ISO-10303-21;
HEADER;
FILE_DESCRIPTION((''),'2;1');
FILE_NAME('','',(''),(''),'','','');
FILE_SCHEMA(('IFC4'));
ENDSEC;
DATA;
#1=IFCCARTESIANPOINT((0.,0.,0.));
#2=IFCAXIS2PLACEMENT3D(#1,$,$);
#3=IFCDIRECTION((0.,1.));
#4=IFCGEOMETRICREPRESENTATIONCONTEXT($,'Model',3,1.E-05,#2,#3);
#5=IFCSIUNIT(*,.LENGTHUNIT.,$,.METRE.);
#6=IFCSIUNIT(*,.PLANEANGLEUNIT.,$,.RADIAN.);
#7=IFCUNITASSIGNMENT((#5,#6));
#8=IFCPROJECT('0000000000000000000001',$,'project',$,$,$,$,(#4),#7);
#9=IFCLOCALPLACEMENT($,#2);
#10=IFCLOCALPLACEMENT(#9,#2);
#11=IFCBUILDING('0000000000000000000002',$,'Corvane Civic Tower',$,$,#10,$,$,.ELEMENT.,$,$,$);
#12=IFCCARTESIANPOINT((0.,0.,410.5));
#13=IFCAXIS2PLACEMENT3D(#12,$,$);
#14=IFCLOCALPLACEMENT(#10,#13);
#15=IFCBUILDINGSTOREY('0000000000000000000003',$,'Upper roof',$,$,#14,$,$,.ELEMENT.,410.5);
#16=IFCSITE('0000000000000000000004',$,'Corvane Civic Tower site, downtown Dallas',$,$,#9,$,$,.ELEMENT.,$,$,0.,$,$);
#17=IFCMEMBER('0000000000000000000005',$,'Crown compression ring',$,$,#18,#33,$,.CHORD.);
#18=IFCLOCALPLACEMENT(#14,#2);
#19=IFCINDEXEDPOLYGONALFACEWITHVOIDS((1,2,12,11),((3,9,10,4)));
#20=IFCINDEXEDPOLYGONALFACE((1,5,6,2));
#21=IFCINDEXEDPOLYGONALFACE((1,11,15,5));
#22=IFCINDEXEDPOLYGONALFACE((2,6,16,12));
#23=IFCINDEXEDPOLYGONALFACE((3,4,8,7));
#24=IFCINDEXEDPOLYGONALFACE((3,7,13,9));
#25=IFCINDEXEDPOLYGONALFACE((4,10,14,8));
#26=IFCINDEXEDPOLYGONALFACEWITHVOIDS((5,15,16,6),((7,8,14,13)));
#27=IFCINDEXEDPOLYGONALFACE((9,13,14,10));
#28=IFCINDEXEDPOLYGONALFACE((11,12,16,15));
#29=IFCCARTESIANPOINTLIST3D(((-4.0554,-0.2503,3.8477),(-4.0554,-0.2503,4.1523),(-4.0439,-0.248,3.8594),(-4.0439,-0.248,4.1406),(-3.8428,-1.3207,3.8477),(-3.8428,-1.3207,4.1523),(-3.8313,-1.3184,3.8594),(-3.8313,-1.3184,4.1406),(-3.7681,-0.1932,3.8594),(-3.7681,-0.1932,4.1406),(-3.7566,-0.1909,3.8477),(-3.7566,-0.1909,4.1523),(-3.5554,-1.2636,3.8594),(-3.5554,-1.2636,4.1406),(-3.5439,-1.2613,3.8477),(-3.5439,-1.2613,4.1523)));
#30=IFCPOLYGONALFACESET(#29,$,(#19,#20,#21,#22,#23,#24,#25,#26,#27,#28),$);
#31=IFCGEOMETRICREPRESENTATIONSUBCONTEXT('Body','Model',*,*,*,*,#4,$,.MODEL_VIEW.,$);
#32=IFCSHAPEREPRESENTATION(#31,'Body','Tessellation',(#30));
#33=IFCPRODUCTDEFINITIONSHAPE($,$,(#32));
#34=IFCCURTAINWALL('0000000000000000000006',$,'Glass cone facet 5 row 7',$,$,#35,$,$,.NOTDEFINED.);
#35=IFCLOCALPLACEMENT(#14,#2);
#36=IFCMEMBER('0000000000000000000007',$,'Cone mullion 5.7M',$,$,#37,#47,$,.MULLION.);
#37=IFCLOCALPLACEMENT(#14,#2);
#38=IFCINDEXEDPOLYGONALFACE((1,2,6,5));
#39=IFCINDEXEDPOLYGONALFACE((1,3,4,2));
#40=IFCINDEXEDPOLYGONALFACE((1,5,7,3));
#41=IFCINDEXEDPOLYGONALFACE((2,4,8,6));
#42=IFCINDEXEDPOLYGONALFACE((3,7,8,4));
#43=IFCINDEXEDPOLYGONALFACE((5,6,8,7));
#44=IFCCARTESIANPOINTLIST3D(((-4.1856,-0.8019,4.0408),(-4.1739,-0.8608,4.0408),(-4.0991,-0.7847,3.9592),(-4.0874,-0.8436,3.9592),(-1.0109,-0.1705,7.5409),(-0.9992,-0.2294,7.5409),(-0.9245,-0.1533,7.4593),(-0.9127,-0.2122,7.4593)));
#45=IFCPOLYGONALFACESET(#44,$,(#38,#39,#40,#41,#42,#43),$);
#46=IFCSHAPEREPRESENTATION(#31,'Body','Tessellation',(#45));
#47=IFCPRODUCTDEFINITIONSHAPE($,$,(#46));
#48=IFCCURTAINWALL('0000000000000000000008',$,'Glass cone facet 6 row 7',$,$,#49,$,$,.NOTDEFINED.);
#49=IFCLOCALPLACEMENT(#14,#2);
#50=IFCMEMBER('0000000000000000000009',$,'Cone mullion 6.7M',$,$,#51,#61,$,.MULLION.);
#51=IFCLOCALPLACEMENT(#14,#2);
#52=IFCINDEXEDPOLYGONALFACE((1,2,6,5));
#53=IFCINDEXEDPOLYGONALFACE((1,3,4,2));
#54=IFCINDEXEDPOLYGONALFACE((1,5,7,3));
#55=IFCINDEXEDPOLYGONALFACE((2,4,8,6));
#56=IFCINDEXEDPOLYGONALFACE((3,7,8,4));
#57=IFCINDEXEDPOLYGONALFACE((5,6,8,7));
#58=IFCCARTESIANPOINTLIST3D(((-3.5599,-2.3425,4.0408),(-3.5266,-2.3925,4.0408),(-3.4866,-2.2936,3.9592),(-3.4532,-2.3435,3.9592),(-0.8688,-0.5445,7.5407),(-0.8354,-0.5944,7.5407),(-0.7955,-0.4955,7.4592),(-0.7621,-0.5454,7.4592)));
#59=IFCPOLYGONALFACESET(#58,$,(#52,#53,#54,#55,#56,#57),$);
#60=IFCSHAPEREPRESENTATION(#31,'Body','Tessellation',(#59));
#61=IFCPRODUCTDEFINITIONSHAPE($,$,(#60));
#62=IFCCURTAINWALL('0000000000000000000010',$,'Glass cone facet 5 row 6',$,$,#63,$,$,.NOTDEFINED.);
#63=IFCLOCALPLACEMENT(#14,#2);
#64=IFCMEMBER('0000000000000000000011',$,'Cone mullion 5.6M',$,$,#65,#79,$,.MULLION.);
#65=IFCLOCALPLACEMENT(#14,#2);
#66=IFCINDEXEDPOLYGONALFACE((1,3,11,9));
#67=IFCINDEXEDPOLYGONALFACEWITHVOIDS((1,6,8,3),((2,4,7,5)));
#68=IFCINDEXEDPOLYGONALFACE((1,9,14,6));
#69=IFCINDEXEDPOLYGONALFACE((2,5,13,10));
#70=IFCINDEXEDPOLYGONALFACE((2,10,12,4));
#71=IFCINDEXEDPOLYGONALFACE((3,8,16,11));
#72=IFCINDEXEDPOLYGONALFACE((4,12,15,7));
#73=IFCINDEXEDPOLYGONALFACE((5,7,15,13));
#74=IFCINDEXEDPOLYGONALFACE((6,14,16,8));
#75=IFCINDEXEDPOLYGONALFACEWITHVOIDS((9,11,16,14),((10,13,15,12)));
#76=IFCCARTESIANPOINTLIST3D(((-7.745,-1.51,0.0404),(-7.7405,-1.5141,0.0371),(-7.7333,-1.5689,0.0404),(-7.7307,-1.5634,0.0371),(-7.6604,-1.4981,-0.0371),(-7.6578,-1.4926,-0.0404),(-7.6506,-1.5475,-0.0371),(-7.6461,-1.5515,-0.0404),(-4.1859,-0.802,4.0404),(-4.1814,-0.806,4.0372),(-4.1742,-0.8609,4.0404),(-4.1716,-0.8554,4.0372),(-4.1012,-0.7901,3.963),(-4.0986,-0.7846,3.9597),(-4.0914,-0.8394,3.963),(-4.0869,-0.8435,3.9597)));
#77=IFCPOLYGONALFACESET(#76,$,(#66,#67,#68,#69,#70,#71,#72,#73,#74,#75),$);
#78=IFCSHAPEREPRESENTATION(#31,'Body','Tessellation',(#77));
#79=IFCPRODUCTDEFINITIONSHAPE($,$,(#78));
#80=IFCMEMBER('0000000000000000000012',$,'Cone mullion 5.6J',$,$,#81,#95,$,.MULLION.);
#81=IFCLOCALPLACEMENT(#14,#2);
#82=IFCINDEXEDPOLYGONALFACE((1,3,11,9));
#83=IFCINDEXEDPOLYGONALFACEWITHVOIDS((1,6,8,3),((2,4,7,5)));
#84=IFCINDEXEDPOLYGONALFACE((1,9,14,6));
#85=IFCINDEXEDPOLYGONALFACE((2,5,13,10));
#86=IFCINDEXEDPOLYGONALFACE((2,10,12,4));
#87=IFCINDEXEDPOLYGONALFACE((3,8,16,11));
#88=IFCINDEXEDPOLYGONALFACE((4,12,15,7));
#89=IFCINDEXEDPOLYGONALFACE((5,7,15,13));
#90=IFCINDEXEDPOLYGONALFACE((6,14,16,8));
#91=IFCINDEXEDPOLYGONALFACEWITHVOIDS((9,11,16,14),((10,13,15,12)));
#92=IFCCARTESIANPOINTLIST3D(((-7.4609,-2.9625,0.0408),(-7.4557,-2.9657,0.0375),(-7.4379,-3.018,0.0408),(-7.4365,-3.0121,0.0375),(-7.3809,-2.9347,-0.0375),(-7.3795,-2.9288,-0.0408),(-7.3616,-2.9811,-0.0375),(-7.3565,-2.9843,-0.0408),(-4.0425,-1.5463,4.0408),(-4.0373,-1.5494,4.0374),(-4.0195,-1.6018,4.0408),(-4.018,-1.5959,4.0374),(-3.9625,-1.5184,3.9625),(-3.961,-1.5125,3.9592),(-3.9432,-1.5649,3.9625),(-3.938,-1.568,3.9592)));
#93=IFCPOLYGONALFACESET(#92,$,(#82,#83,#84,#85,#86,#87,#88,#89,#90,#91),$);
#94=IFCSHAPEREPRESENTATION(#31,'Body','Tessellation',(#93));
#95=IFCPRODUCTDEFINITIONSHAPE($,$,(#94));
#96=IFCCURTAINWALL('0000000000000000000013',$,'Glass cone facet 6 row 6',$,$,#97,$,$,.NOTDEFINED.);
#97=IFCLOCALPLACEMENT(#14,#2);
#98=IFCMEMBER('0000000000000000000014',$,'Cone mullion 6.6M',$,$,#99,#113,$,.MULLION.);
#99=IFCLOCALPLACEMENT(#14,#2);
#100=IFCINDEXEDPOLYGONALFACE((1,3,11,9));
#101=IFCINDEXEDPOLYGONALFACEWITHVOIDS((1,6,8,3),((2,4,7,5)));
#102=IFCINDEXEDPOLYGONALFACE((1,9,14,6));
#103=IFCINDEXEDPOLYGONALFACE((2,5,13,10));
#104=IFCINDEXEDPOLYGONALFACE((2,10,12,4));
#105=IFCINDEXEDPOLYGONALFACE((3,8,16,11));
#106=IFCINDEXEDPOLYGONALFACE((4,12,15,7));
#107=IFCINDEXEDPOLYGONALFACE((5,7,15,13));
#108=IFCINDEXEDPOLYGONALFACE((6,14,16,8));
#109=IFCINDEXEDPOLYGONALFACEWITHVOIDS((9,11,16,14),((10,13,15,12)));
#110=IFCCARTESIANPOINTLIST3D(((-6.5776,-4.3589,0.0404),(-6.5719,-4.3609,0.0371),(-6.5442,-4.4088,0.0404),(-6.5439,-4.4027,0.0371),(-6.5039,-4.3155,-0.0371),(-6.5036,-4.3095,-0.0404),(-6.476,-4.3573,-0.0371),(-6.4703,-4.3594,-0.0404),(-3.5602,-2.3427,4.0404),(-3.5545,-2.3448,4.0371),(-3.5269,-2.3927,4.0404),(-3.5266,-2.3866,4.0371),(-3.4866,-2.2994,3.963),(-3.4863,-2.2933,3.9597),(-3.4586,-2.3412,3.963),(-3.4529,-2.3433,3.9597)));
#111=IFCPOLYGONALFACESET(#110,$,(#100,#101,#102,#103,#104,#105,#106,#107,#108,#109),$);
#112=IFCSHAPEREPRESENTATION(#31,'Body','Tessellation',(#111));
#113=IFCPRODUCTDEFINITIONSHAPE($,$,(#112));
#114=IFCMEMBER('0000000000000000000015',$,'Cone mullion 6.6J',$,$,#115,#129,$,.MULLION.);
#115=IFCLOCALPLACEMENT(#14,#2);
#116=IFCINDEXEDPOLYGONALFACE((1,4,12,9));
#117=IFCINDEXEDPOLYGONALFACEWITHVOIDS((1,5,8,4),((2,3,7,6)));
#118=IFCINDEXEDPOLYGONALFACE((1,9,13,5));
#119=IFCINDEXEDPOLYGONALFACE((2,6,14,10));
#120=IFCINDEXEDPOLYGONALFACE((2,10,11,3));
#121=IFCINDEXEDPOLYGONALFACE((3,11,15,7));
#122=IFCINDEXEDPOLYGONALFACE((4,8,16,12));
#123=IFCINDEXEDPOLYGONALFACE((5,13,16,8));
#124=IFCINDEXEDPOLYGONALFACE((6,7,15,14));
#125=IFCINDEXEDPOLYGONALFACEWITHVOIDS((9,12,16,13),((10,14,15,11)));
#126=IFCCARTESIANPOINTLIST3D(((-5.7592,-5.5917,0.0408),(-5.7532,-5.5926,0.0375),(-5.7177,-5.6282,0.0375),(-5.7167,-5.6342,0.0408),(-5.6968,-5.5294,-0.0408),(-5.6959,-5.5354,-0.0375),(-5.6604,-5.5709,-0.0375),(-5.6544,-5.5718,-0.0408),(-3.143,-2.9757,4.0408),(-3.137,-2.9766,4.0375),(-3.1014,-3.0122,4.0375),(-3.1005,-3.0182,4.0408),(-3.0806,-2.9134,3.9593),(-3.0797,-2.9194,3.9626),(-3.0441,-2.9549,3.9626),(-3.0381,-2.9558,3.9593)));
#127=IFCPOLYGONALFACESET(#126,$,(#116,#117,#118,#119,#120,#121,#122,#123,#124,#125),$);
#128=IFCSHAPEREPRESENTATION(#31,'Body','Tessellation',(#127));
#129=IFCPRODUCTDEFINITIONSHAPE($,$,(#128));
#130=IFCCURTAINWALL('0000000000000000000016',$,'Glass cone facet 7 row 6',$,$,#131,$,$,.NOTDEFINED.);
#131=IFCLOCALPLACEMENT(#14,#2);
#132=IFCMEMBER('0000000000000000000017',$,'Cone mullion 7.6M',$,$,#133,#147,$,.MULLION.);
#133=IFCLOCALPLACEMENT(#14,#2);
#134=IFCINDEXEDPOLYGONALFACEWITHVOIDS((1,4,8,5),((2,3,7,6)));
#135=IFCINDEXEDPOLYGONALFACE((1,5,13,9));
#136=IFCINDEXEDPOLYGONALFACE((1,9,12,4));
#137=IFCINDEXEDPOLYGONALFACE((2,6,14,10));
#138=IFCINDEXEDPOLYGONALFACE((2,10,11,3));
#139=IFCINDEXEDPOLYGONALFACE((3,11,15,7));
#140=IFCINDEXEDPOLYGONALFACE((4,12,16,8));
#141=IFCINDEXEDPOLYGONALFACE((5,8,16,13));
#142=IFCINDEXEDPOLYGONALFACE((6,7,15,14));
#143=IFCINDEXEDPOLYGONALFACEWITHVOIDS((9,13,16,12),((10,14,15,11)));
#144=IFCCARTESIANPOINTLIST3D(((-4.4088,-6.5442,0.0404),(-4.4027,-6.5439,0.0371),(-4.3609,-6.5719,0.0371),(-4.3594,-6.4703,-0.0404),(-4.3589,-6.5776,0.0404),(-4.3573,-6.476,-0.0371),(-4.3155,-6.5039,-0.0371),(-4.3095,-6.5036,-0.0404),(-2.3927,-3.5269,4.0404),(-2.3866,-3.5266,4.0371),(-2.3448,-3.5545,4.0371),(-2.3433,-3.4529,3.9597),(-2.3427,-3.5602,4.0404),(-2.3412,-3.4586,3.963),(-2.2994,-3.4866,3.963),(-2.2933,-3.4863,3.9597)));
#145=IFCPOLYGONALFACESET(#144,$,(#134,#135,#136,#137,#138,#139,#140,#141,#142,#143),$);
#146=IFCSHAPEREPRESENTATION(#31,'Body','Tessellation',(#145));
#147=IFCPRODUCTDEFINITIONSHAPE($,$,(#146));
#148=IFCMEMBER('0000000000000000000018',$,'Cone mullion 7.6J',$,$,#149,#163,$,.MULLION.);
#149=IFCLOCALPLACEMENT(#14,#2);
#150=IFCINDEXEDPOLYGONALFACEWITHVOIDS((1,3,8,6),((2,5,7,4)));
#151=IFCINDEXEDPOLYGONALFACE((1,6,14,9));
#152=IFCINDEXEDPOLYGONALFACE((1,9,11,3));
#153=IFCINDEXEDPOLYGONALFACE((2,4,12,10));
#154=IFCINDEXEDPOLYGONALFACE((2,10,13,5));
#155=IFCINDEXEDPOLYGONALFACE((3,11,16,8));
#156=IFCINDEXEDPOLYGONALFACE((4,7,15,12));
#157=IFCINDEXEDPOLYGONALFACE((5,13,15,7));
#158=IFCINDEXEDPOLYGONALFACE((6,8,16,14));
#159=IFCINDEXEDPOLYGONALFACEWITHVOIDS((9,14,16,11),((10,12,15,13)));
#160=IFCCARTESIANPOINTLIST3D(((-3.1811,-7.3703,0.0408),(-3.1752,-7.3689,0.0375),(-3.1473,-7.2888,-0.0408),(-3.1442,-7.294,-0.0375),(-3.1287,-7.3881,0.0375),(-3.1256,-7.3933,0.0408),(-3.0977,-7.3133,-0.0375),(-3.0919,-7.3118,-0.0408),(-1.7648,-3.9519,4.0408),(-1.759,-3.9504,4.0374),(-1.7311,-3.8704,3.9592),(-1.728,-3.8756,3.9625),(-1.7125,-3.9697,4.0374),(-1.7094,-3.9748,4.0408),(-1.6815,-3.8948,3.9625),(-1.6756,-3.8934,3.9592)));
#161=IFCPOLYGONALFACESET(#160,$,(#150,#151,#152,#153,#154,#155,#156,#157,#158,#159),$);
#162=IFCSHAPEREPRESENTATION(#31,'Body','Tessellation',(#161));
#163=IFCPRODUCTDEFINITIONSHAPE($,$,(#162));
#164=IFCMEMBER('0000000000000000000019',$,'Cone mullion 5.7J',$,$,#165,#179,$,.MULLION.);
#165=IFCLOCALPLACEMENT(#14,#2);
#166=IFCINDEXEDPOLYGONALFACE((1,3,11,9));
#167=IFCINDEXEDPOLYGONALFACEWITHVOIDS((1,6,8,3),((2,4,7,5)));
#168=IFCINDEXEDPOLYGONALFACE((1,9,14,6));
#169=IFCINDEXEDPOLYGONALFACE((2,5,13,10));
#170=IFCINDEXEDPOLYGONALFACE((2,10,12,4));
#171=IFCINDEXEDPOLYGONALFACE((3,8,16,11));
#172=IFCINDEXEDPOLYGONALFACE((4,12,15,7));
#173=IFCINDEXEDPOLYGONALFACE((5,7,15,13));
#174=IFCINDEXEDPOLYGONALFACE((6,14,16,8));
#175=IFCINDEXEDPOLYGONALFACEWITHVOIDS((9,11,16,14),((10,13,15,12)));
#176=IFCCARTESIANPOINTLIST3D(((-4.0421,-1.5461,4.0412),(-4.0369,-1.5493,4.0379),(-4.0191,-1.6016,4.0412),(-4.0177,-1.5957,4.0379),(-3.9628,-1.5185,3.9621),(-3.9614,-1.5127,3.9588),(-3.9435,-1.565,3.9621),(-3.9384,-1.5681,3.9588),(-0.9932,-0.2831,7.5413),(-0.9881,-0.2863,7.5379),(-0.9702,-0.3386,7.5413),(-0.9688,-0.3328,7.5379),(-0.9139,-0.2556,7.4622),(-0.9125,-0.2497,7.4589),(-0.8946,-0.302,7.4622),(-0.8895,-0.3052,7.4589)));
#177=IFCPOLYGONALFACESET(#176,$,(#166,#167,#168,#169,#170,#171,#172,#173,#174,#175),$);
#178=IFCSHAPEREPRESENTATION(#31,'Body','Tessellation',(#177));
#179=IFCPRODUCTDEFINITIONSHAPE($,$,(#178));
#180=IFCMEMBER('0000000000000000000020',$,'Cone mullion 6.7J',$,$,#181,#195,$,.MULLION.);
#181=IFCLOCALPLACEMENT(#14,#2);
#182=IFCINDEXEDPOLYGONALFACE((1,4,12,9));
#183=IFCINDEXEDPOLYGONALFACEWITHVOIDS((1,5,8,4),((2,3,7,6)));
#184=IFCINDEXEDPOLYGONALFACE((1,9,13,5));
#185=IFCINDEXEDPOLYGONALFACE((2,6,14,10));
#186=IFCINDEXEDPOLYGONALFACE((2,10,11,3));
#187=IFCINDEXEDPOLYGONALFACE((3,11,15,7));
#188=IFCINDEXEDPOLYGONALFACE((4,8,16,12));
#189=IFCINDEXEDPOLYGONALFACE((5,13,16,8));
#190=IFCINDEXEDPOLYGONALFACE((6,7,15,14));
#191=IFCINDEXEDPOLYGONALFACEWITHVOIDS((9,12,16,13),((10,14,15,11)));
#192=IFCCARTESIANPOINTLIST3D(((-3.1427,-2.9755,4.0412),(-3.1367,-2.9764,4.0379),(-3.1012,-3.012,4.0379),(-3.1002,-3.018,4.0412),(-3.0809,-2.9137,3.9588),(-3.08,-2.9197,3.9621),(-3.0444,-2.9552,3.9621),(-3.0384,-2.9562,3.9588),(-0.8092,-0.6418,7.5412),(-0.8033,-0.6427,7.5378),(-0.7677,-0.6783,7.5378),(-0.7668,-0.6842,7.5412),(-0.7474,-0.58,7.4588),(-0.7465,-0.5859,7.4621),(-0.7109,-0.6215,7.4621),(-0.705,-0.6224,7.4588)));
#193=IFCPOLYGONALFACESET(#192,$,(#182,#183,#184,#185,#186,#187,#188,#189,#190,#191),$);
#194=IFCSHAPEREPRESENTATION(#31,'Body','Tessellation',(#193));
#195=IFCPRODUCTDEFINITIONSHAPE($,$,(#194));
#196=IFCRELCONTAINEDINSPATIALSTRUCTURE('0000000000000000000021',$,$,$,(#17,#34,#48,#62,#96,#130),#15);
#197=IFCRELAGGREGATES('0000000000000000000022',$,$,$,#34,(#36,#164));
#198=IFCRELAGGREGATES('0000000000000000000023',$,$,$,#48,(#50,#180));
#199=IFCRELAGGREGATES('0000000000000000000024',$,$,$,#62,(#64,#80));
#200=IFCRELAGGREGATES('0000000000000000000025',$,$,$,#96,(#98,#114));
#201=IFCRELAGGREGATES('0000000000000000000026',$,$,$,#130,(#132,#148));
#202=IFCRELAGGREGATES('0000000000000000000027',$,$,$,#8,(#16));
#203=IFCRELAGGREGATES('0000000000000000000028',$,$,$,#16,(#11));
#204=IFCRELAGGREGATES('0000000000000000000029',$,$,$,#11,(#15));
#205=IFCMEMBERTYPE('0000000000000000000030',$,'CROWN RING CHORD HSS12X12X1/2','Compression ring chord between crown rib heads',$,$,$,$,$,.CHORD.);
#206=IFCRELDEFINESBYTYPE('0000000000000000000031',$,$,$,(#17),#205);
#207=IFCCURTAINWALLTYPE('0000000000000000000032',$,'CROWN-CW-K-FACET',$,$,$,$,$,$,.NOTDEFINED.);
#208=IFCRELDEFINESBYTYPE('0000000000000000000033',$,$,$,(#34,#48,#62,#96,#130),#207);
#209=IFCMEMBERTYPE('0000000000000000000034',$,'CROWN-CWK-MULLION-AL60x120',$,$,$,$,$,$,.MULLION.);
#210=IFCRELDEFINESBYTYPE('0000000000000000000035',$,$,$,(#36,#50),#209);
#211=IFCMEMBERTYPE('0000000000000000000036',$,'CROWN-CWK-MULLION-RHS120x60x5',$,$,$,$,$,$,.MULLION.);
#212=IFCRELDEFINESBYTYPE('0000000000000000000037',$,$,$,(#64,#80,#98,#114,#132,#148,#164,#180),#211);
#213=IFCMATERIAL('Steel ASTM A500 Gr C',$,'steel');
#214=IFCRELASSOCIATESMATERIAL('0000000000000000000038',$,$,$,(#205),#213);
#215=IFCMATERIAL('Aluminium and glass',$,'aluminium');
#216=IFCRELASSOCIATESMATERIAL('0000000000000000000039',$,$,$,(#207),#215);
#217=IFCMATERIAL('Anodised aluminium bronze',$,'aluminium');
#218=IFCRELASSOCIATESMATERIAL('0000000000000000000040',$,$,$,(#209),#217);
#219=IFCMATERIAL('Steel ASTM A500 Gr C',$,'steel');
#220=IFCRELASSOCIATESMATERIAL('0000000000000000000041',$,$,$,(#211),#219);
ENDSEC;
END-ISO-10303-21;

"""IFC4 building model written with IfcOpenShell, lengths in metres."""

from ifc_helpers import new_model, si_unit, direction, frame, origin, origin_2d, place, context, subcontext, project, spatial, rectangle, hollow_rectangle, extrude, material, material_profile, profile_set, type_object, element, aggregate, save


model = new_model("IFC4")

# Units and contexts
model_context = context("Model", 3, precision=1e-05, world=origin(), true_north=direction((0.0, 1.0)))
body_context = subcontext(model_context, "Body", "Model", "MODEL_VIEW")
ifc_project = project(units=[si_unit("LENGTHUNIT", "METRE"), si_unit("PLANEANGLEUNIT", "RADIAN")], contexts=[model_context])

# Site, building, storey
site_placement = place(None, origin())
site = spatial("IfcSite", under=ifc_project, at=site_placement, Name="Corvane Civic Tower site, downtown Dallas", CompositionType="ELEMENT", RefElevation=0.0)
building_placement = place(site_placement, origin())
building = spatial("IfcBuilding", under=site, at=building_placement, Name="Corvane Civic Tower", CompositionType="ELEMENT")
storey_placement = place(building_placement, frame((0.0, 0.0, 410.5)))
storey = spatial("IfcBuildingStorey", under=building, at=storey_placement, Name="Upper roof", CompositionType="ELEMENT", Elevation=410.5)

# Member
ifc_material_1 = material(Name="Steel ASTM A500 Gr C", Category="steel")
ifc_material_profile_1 = material_profile(ifc_material_1, hollow_rectangle(XDim=0.3047, YDim=0.3047, WallThickness=0.0117, at=origin_2d()), Name="HSS12X12X1/2")
ifc_profile_set_1 = profile_set([ifc_material_profile_1], Name="Steel ASTM A500 Gr C")
member_type_1 = type_object("IfcMemberType", Name="CROWN RING CHORD HSS12X12X1/2", Description="Compression ring chord between crown rib heads", PredefinedType="CHORD", material=ifc_profile_set_1)
member_1_placement = place(storey_placement, frame((-3.6934, -1.291, 4.0), z_axis=(-0.194868, 0.980829, 0.0), x_axis=(-0.980829, -0.194868, 0.0)))
element("IfcMember", 1, at=member_1_placement, inside=storey, type_object=member_type_1, Name="Crown compression ring", PredefinedType="CHORD", context=body_context, shape_type="SweptSolid", body=[
    extrude(hollow_rectangle(XDim=0.3047, YDim=0.3047, WallThickness=0.0117, at=origin_2d()), origin(), (0.0, 0.0, 1.0), 1.0913),
])

# Curtain walls, members
ifc_material_2 = material(Name="Aluminium and glass", Category="aluminium")
curtain_wall_type = type_object("IfcCurtainWallType", Name="CROWN-CW-K-FACET", PredefinedType="NOTDEFINED", material=ifc_material_2)
curtain_wall_1_placement = place(storey_placement, origin())
curtain_wall_1 = element("IfcCurtainWall", 2, at=curtain_wall_1_placement, inside=storey, type_object=curtain_wall_type, Name="Glass cone facet 5 row 7", PredefinedType="NOTDEFINED")
ifc_material_3 = material(Name="Anodised aluminium bronze", Category="aluminium")
ifc_material_profile_2 = material_profile(ifc_material_3, rectangle(XDim=0.0601, YDim=0.1201, at=origin_2d()), Name="AL 60x120")
ifc_profile_set_2 = profile_set([ifc_material_profile_2], Name="Anodised aluminium bronze")
member_type_2 = type_object("IfcMemberType", Name="CROWN-CWK-MULLION-AL60x120", PredefinedType="MULLION", material=ifc_profile_set_2)
member_2_placement = place(storey_placement, frame((-4.1365, -0.8228, 4.0), z_axis=(0.665914, 0.132435, 0.73418), x_axis=(-0.195057, 0.980792, 0.0)))
member_2 = element("IfcMember", 3, at=member_2_placement, type_object=member_type_2, Name="Cone mullion 5.7M", PredefinedType="MULLION", context=body_context, shape_type="SweptSolid", body=[
    extrude(rectangle(XDim=0.0601, YDim=0.1201, at=origin_2d()), origin(), (0.0, 0.0, 1.0), 4.7673),
])
curtain_wall_2_placement = place(storey_placement, origin())
curtain_wall_2 = element("IfcCurtainWall", 4, at=curtain_wall_2_placement, inside=storey, type_object=curtain_wall_type, Name="Glass cone facet 6 row 7", PredefinedType="NOTDEFINED")
member_3_placement = place(storey_placement, frame((-3.5066, -2.343, 4.0), z_axis=(0.564525, 0.377186, 0.734195), x_axis=(-0.555553, 0.831481, 0.0)))
member_3 = element("IfcMember", 5, at=member_3_placement, type_object=member_type_2, Name="Cone mullion 6.7M", PredefinedType="MULLION", context=body_context, shape_type="SweptSolid", body=[
    extrude(rectangle(XDim=0.0601, YDim=0.1201, at=origin_2d()), origin(), (0.0, 0.0, 1.0), 4.7671),
])

# Curtain walls, members
curtain_wall_3_placement = place(storey_placement, origin())
curtain_wall_3 = element("IfcCurtainWall", 6, at=curtain_wall_3_placement, inside=storey, type_object=curtain_wall_type, Name="Glass cone facet 5 row 6", PredefinedType="NOTDEFINED")
ifc_material_4 = material(Name="Steel ASTM A500 Gr C", Category="steel")
ifc_material_profile_3 = material_profile(ifc_material_4, hollow_rectangle(XDim=0.0601, YDim=0.1201, WallThickness=0.0049, at=origin_2d()), Name="RHS 120x60x5")
ifc_profile_set_3 = profile_set([ifc_material_profile_3], Name="Steel ASTM A500 Gr C")
member_type_3 = type_object("IfcMemberType", Name="CROWN-CWK-MULLION-RHS120x60x5", PredefinedType="MULLION", material=ifc_profile_set_3)
member_4_placement = place(storey_placement, frame((-7.6956, -1.5308, 0.0), z_axis=(0.658995, 0.131094, 0.740635), x_axis=(-0.195107, 0.980782, 0.0)))
member_4 = element("IfcMember", 7, at=member_4_placement, type_object=member_type_3, Name="Cone mullion 5.6M", PredefinedType="MULLION", context=body_context, shape_type="SweptSolid", body=[
    extrude(hollow_rectangle(XDim=0.0601, YDim=0.1201, WallThickness=0.0049, at=origin_2d()), origin(), (0.0, 0.0, 1.0), 5.4009),
])
member_5_placement = place(storey_placement, frame((-7.4087, -2.9734, 0.0), z_axis=(0.627355, 0.259912, 0.734079), x_axis=(-0.38275, 0.923852, 0.0)))
member_5 = element("IfcMember", 8, at=member_5_placement, type_object=member_type_3, Name="Cone mullion 5.6J", PredefinedType="MULLION", context=body_context, shape_type="SweptSolid", body=[
    extrude(hollow_rectangle(XDim=0.0601, YDim=0.1201, WallThickness=0.0049, at=origin_2d()), origin(), (0.0, 0.0, 1.0), 5.449),
])
curtain_wall_4_placement = place(storey_placement, origin())
curtain_wall_4 = element("IfcCurtainWall", 9, at=curtain_wall_4_placement, inside=storey, type_object=curtain_wall_type, Name="Glass cone facet 6 row 6", PredefinedType="NOTDEFINED")
member_6_placement = place(storey_placement, frame((-6.5239, -4.3591, 0.0), z_axis=(0.558679, 0.373297, 0.740626), x_axis=(-0.555569, 0.83147, 0.0)))
member_6 = element("IfcMember", 10, at=member_6_placement, type_object=member_type_3, Name="Cone mullion 6.6M", PredefinedType="MULLION", context=body_context, shape_type="SweptSolid", body=[
    extrude(hollow_rectangle(XDim=0.0601, YDim=0.1201, WallThickness=0.0049, at=origin_2d()), origin(), (0.0, 0.0, 1.0), 5.4009),
])
member_7_placement = place(storey_placement, frame((-5.7068, -5.5818, 0.0), z_axis=(0.480157, 0.480112, 0.734126), x_axis=(-0.707074, 0.70714, 0.0)))
member_7 = element("IfcMember", 11, at=member_7_placement, type_object=member_type_3, Name="Cone mullion 6.6J", PredefinedType="MULLION", context=body_context, shape_type="SweptSolid", body=[
    extrude(hollow_rectangle(XDim=0.0601, YDim=0.1201, WallThickness=0.0049, at=origin_2d()), origin(), (0.0, 0.0, 1.0), 5.4487),
])
curtain_wall_5_placement = place(storey_placement, origin())
curtain_wall_5 = element("IfcCurtainWall", 12, at=curtain_wall_5_placement, inside=storey, type_object=curtain_wall_type, Name="Glass cone facet 7 row 6", PredefinedType="NOTDEFINED")
member_8_placement = place(storey_placement, frame((-4.3591, -6.5239, 0.0), z_axis=(0.373297, 0.558679, 0.740626), x_axis=(-0.83147, 0.555569, 0.0)))
member_8 = element("IfcMember", 13, at=member_8_placement, type_object=member_type_3, Name="Cone mullion 7.6M", PredefinedType="MULLION", context=body_context, shape_type="SweptSolid", body=[
    extrude(hollow_rectangle(XDim=0.0601, YDim=0.1201, WallThickness=0.0049, at=origin_2d()), origin(), (0.0, 0.0, 1.0), 5.4009),
])
member_9_placement = place(storey_placement, frame((-3.1365, -7.3411, 0.0), z_axis=(0.259912, 0.627355, 0.734079), x_axis=(-0.923852, 0.38275, 0.0)))
member_9 = element("IfcMember", 14, at=member_9_placement, type_object=member_type_3, Name="Cone mullion 7.6J", PredefinedType="MULLION", context=body_context, shape_type="SweptSolid", body=[
    extrude(hollow_rectangle(XDim=0.0601, YDim=0.1201, WallThickness=0.0049, at=origin_2d()), origin(), (0.0, 0.0, 1.0), 5.449),
])

# Members
member_10_placement = place(storey_placement, frame((-3.9902, -1.5571, 4.0), z_axis=(0.633794, 0.262541, 0.727584), x_axis=(-0.382702, 0.923872, 0.0)))
member_10 = element("IfcMember", 15, at=member_10_placement, type_object=member_type_3, Name="Cone mullion 5.7J", PredefinedType="MULLION", context=body_context, shape_type="SweptSolid", body=[
    extrude(hollow_rectangle(XDim=0.0601, YDim=0.1201, WallThickness=0.0049, at=origin_2d()), origin(), (0.0, 0.0, 1.0), 4.8105),
])
member_11_placement = place(storey_placement, frame((-3.0906, -2.9658, 4.0), z_axis=(0.485077, 0.485128, 0.727565), x_axis=(-0.707144, 0.70707, 0.0)))
member_11 = element("IfcMember", 16, at=member_11_placement, type_object=member_type_3, Name="Cone mullion 6.7J", PredefinedType="MULLION", context=body_context, shape_type="SweptSolid", body=[
    extrude(hollow_rectangle(XDim=0.0601, YDim=0.1201, WallThickness=0.0049, at=origin_2d()), origin(), (0.0, 0.0, 1.0), 4.8105),
])

aggregate(curtain_wall_1, [member_2, member_10])
aggregate(curtain_wall_2, [member_3, member_11])
aggregate(curtain_wall_3, [member_4, member_5])
aggregate(curtain_wall_4, [member_6, member_7])
aggregate(curtain_wall_5, [member_8, member_9])

save(model, "model.ifc")
